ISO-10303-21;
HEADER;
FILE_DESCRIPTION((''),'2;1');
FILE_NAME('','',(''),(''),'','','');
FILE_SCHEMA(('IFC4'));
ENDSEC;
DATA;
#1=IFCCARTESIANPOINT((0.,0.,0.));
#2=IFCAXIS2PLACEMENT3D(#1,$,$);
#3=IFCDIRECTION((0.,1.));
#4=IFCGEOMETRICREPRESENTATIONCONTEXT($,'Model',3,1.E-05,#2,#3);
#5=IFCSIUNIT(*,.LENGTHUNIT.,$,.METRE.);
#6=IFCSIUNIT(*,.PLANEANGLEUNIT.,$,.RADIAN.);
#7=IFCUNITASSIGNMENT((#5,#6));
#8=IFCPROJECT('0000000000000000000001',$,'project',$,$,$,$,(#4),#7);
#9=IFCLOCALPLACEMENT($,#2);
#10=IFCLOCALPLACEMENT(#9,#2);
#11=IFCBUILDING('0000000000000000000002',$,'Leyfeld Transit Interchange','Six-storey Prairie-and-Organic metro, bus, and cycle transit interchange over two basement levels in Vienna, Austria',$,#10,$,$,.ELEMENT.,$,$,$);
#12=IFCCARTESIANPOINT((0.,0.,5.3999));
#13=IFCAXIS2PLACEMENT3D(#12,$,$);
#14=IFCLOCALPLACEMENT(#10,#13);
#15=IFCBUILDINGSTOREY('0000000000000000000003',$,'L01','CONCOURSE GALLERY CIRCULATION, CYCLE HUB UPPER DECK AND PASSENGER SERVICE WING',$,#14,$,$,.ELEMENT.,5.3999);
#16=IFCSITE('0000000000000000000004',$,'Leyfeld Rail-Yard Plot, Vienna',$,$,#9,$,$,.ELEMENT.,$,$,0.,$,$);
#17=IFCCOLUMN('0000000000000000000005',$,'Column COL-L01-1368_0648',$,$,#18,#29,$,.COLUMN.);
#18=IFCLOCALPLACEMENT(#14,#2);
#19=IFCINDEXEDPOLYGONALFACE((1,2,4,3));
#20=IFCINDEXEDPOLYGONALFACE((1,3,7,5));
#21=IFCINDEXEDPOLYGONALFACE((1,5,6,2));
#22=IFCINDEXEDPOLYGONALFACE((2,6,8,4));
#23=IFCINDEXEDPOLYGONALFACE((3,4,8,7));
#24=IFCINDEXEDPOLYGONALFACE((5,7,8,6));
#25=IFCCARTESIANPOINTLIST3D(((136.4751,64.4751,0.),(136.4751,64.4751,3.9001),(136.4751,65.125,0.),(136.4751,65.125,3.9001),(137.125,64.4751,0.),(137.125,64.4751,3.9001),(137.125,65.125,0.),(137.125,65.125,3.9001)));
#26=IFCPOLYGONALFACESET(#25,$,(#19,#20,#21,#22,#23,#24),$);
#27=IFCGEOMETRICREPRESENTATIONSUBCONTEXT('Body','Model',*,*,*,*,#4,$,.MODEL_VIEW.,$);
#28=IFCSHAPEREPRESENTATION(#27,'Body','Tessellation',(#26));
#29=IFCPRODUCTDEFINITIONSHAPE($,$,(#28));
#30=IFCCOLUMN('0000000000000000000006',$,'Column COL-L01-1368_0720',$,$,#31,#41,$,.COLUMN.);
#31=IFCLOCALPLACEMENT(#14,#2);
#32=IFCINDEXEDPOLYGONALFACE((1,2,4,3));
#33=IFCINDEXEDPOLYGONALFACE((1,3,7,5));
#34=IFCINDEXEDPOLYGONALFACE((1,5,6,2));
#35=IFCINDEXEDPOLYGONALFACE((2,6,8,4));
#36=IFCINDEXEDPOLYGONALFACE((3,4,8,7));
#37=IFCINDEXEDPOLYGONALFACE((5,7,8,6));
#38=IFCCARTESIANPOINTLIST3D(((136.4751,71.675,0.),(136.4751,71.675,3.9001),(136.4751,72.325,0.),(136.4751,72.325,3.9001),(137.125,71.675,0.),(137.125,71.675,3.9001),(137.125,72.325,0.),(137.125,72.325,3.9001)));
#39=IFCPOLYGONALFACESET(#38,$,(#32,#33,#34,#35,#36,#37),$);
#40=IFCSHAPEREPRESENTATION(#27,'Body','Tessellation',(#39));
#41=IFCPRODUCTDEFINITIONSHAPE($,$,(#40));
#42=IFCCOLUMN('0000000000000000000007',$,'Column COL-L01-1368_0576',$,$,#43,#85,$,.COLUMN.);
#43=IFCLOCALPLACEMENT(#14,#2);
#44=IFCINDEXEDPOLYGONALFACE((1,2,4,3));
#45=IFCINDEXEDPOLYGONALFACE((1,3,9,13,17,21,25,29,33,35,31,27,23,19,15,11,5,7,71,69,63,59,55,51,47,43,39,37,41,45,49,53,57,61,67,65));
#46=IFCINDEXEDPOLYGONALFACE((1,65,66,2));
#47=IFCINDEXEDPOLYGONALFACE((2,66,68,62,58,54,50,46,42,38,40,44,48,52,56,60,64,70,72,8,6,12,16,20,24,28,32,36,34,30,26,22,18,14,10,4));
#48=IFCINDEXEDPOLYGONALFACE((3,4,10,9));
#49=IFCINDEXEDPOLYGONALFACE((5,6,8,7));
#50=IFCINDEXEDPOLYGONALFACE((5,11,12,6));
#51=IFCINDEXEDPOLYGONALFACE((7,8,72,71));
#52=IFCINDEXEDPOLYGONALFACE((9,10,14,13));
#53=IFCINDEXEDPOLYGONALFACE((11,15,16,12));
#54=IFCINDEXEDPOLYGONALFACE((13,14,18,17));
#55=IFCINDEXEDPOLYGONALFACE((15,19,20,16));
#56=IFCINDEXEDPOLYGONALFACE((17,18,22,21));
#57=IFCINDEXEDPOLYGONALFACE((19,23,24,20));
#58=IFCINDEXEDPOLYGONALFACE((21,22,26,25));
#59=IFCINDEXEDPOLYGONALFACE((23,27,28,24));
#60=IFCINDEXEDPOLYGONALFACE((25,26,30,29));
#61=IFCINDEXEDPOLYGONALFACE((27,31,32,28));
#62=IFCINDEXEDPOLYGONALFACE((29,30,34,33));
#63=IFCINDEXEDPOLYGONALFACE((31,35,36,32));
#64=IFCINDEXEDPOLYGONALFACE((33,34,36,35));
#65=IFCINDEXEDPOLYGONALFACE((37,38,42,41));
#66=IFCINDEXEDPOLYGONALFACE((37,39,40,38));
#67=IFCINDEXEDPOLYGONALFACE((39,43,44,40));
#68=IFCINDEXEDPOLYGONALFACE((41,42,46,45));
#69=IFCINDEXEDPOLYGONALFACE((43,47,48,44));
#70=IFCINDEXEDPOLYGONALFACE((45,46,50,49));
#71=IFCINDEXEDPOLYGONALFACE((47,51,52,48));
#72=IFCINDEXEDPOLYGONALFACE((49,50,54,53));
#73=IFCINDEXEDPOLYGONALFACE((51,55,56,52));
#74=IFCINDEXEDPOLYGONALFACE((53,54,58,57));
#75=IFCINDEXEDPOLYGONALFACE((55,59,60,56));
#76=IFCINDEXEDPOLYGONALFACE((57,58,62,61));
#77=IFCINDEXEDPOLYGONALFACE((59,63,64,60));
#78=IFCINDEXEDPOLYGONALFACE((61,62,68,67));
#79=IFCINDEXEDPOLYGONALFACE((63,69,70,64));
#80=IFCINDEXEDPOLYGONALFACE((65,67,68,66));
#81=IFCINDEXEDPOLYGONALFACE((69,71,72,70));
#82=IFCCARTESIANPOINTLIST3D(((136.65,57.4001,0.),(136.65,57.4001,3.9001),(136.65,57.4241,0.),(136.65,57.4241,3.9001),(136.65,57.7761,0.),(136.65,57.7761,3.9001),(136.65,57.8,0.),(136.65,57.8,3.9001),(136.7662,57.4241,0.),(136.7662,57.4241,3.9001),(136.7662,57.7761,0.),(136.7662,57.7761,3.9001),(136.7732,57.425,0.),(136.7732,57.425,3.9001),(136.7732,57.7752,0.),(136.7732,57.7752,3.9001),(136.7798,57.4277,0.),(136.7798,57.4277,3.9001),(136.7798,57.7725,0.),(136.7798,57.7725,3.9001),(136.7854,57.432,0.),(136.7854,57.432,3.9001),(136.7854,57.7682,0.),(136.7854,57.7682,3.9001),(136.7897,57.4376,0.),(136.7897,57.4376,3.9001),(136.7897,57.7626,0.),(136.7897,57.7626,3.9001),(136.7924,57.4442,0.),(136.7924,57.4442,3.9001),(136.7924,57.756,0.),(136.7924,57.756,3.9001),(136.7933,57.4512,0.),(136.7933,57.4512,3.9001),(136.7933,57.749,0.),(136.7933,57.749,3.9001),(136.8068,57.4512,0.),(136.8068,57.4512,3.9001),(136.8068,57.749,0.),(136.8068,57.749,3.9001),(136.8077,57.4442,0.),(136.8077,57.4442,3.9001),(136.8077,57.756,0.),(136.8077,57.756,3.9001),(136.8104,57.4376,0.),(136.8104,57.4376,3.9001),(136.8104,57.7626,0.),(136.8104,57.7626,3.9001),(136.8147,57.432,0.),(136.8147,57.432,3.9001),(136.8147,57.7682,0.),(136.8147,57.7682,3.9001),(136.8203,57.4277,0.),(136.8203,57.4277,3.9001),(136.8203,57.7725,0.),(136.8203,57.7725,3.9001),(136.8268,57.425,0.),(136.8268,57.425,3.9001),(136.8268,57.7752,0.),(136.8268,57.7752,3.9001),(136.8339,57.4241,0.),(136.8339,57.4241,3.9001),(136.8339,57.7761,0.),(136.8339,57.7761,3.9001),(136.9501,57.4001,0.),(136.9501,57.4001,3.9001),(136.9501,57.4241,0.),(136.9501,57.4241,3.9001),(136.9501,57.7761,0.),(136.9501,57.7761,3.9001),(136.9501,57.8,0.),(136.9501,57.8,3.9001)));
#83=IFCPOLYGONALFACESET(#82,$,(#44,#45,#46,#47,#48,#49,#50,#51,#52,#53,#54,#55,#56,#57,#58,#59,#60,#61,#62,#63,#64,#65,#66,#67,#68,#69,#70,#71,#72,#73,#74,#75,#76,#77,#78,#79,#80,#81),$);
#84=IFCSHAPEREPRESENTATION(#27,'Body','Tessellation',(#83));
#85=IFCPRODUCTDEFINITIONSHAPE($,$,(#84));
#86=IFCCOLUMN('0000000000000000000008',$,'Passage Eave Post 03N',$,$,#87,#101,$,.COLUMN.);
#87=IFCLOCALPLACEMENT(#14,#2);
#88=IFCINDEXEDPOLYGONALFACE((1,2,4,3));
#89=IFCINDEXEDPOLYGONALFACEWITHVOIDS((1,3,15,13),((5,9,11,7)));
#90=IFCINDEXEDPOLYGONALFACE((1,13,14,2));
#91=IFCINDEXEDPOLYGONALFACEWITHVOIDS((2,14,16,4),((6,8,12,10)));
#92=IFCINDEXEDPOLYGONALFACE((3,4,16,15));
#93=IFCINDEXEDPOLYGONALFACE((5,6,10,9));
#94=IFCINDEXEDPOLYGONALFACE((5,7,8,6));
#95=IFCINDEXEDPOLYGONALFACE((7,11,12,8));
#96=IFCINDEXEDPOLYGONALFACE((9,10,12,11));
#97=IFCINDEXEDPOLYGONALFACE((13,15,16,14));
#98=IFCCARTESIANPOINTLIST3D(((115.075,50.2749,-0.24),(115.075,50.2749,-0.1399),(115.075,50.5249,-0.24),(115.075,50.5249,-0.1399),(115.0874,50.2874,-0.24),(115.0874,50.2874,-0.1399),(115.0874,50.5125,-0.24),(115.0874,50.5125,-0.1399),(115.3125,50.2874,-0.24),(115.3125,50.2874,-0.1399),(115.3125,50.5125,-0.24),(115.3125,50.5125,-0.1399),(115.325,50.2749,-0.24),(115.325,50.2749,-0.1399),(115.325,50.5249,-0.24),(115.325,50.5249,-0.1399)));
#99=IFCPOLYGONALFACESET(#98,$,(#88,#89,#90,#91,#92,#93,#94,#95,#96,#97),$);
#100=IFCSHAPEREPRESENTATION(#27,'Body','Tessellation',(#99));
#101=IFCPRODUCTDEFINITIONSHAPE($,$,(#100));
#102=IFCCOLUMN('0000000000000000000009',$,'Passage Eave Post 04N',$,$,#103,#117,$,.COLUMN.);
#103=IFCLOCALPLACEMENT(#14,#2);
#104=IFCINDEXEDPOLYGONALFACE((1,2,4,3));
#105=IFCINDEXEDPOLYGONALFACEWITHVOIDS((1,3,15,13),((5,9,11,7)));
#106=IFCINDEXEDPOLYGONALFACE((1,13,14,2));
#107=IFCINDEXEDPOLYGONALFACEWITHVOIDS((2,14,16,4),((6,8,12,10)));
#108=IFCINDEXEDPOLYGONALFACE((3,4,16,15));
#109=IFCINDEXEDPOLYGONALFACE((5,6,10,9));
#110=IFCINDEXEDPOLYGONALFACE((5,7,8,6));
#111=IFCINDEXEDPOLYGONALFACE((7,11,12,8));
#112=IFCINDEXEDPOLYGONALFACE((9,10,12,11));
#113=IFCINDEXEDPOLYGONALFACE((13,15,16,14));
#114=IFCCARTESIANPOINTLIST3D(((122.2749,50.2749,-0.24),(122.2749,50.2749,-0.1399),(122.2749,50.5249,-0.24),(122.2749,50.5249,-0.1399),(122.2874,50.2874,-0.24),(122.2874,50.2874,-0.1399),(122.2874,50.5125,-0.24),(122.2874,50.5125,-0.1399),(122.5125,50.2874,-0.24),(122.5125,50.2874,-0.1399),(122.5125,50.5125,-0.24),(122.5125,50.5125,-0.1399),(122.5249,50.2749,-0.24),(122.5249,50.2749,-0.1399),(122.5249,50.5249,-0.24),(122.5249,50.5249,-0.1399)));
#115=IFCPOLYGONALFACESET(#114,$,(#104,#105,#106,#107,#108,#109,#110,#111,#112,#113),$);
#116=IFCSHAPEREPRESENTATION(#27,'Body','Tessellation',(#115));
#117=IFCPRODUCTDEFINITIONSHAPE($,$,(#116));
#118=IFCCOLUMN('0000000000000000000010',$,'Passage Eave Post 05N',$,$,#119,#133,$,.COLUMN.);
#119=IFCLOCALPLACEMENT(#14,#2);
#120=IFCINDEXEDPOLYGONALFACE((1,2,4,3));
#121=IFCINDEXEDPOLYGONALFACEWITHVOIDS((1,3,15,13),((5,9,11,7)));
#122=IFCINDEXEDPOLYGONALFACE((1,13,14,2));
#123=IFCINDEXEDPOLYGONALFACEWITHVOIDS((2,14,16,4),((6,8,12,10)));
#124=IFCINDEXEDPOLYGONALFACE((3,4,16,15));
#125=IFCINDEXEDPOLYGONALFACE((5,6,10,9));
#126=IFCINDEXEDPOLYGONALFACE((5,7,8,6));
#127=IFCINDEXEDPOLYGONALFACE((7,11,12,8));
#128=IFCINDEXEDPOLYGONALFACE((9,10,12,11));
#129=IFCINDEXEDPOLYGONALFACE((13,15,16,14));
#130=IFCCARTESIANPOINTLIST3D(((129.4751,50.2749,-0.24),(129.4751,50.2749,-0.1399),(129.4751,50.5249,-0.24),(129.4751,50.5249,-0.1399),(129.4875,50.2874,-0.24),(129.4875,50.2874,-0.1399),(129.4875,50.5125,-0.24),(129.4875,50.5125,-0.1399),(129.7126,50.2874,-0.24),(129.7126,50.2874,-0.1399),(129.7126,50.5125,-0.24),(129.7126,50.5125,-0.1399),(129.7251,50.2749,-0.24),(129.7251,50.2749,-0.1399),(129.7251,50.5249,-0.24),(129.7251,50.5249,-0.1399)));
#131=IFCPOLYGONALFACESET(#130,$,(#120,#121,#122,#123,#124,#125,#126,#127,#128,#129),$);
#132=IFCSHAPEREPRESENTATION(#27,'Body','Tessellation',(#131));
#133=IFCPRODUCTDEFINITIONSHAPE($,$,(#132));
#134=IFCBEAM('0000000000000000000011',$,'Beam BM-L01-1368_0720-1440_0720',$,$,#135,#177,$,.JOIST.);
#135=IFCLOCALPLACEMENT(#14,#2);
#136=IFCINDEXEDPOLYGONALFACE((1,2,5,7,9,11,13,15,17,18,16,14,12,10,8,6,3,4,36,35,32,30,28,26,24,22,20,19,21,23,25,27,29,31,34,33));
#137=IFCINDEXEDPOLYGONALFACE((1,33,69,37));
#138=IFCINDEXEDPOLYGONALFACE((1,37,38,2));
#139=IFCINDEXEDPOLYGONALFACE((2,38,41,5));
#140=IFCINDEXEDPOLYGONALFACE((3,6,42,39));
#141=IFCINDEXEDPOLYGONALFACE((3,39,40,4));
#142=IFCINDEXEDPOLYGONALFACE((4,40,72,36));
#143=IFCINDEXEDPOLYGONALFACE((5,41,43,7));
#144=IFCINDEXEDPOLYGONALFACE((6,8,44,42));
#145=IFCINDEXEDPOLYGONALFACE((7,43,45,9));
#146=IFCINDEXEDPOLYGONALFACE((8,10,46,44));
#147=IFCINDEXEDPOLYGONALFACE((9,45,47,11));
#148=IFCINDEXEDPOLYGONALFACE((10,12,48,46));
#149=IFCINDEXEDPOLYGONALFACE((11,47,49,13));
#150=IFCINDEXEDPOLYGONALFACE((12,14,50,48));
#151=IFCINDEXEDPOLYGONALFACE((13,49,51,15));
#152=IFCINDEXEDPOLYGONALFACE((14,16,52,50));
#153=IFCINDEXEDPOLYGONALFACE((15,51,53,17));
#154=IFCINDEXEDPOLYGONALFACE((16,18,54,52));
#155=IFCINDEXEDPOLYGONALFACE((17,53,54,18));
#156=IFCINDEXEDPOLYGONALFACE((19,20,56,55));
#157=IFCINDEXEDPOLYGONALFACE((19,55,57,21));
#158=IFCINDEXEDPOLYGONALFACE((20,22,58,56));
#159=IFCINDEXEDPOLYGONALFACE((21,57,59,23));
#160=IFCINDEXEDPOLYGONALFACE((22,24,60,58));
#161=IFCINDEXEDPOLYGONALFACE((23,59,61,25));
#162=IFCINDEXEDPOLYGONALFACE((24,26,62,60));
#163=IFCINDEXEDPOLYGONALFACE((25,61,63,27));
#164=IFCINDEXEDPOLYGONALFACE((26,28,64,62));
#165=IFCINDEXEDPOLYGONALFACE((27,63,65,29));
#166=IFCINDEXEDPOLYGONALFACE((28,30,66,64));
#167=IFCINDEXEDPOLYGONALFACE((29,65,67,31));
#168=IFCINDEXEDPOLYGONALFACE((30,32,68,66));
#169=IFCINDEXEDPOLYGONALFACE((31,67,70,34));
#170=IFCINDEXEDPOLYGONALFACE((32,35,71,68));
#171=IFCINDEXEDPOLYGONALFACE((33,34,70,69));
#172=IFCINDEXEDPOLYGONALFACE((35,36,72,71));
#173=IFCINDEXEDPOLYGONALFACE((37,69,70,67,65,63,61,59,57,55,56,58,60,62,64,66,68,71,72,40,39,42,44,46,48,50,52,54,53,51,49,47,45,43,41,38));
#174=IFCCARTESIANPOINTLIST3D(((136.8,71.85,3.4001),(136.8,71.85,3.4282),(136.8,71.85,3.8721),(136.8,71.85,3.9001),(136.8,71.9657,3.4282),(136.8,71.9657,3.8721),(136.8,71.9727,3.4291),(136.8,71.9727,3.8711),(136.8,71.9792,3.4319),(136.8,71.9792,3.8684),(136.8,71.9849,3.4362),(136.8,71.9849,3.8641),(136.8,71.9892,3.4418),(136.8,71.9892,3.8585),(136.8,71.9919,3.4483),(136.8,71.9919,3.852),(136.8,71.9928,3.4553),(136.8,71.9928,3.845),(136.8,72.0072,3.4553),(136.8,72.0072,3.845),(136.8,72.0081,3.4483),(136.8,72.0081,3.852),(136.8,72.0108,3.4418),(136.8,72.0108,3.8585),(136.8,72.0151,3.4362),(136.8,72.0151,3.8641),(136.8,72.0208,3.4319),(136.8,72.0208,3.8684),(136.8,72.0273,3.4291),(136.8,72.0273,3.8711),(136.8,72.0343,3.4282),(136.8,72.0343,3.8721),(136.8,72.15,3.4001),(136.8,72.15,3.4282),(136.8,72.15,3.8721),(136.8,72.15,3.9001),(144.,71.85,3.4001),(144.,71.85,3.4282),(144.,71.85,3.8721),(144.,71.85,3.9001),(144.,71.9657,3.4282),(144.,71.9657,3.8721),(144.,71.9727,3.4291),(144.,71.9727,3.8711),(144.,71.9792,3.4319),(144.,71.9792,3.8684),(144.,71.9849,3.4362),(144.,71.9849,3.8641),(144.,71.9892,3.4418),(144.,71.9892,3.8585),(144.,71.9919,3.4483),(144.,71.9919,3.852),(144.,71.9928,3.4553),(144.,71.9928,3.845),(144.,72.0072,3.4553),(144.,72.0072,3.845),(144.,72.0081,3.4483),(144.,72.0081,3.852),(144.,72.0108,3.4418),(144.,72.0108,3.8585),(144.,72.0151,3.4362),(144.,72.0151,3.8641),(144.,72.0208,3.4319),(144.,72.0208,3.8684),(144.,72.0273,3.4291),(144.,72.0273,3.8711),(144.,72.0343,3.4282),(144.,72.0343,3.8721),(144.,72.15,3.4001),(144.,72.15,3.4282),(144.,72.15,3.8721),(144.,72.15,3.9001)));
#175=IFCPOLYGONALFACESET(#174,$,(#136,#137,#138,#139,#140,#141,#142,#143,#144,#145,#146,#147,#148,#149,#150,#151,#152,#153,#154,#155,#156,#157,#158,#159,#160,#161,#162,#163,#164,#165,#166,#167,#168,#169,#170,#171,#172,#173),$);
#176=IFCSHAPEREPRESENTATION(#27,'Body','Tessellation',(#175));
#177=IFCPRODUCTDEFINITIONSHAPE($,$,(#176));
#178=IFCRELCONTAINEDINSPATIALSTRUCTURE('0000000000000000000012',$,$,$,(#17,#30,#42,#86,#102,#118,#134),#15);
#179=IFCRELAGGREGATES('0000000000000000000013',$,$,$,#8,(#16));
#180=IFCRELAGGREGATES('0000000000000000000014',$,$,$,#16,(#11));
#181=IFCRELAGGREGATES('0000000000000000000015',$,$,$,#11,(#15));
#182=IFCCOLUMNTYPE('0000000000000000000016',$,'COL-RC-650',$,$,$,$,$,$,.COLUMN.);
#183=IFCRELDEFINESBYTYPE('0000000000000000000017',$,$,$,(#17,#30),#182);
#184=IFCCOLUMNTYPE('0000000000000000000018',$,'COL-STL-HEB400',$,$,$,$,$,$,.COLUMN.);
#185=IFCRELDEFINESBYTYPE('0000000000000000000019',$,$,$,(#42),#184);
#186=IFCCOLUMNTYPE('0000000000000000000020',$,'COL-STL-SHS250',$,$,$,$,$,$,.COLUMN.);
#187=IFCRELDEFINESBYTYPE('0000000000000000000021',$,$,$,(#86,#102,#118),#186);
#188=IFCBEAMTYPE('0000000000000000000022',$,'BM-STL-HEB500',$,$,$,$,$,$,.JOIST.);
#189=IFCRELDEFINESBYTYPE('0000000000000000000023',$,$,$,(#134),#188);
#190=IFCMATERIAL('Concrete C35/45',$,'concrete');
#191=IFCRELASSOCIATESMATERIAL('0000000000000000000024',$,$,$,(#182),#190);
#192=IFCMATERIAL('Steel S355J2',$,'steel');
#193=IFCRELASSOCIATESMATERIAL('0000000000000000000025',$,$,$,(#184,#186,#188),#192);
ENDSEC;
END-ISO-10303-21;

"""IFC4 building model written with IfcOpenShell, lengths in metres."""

from ifc_helpers import new_model, si_unit, direction, frame, origin, origin_2d, place, context, subcontext, project, spatial, rectangle, hollow_rectangle, i_section, extrude, material, material_profile, profile_set, type_object, element, save


model = new_model("IFC4")

# Units and contexts
model_context = context("Model", 3, precision=1e-05, world=origin(), true_north=direction((0.0, 1.0)))
body_context = subcontext(model_context, "Body", "Model", "MODEL_VIEW")
ifc_project = project(units=[si_unit("LENGTHUNIT", "METRE"), si_unit("PLANEANGLEUNIT", "RADIAN")], contexts=[model_context])

# Site, building, storey
site_placement = place(None, origin())
site = spatial("IfcSite", under=ifc_project, at=site_placement, Name="Leyfeld Rail-Yard Plot, Vienna", CompositionType="ELEMENT", RefElevation=0.0)
building_placement = place(site_placement, origin())
building = spatial("IfcBuilding", under=site, at=building_placement, Name="Leyfeld Transit Interchange", Description="Six-storey Prairie-and-Organic metro, bus, and cycle transit interchange over two basement levels in Vienna, Austria", CompositionType="ELEMENT")
storey_placement = place(building_placement, frame((0.0, 0.0, 5.3999)))
storey = spatial("IfcBuildingStorey", under=building, at=storey_placement, Name="L01", Description="CONCOURSE GALLERY CIRCULATION, CYCLE HUB UPPER DECK AND PASSENGER SERVICE WING", CompositionType="ELEMENT", Elevation=5.3999)

# Columns
ifc_material_1 = material(Name="Concrete C35/45", Category="concrete")
ifc_material_profile_1 = material_profile(ifc_material_1, rectangle(XDim=0.6499, YDim=0.6499, at=origin_2d()), Name="RC 650x650")
ifc_profile_set_1 = profile_set([ifc_material_profile_1], Name="Concrete C35/45")
column_type_1 = type_object("IfcColumnType", Name="COL-RC-650", PredefinedType="COLUMN", material=ifc_profile_set_1)
for number, where, z_axis, x_axis, name in (
    (1, (136.8, 64.8, 0.0), (0.0, 0.0, 1.0), (1.0, 0.0, 0.0), "Column COL-L01-1368_0648"),
    (2, (136.8, 72.0, 0.0), (0.0, 0.0, 1.0), (1.0, 0.0, 0.0), "Column COL-L01-1368_0720"),
):
    element("IfcColumn", number, at=place(storey_placement, frame(where, z_axis=z_axis, x_axis=x_axis)), inside=storey, type_object=column_type_1, Name=name, PredefinedType="COLUMN", context=body_context, shape_type="SweptSolid", body=[
        extrude(rectangle(XDim=0.6499, YDim=0.6499, at=origin_2d()), origin(), (0.0, 0.0, 1.0), 3.9001),
    ])
ifc_material_2 = material(Name="Steel S355J2", Category="steel")
ifc_material_profile_2 = material_profile(ifc_material_2, i_section(OverallWidth=0.3, OverallDepth=0.3999, WebThickness=0.0134, FlangeThickness=0.0239, FilletRadius=0.0271, at=origin_2d()), Name="HEB 400")
ifc_profile_set_2 = profile_set([ifc_material_profile_2], Name="Steel S355J2")
column_type_2 = type_object("IfcColumnType", Name="COL-STL-HEB400", PredefinedType="COLUMN", material=ifc_profile_set_2)
column_placement = place(storey_placement, frame((136.8, 57.6001, 0.0), z_axis=(0.0, 0.0, 1.0), x_axis=(1.0, 0.0, 0.0)))
element("IfcColumn", 3, at=column_placement, inside=storey, type_object=column_type_2, Name="Column COL-L01-1368_0576", PredefinedType="COLUMN", context=body_context, shape_type="SweptSolid", body=[
    extrude(i_section(OverallWidth=0.3, OverallDepth=0.3999, WebThickness=0.0134, FlangeThickness=0.0239, FilletRadius=0.0271, at=origin_2d()), origin(), (0.0, 0.0, 1.0), 3.9001),
])
ifc_material_profile_3 = material_profile(ifc_material_2, hollow_rectangle(XDim=0.25, YDim=0.25, WallThickness=0.0125, at=origin_2d()), Name="SHS 250x250x12.5")
ifc_profile_set_3 = profile_set([ifc_material_profile_3], Name="Steel S355J2")
column_type_3 = type_object("IfcColumnType", Name="COL-STL-SHS250", PredefinedType="COLUMN", material=ifc_profile_set_3)
for number, where, z_axis, x_axis, name in (
    (4, (115.2, 50.3999, -0.24), (0.0, 0.0, 1.0), (1.0, 0.0, 0.0), "Passage Eave Post 03N"),
    (5, (122.3999, 50.3999, -0.24), (0.0, 0.0, 1.0), (1.0, 0.0, 0.0), "Passage Eave Post 04N"),
    (6, (129.6001, 50.3999, -0.24), (0.0, 0.0, 1.0), (1.0, 0.0, 0.0), "Passage Eave Post 05N"),
):
    element("IfcColumn", number, at=place(storey_placement, frame(where, z_axis=z_axis, x_axis=x_axis)), inside=storey, type_object=column_type_3, Name=name, PredefinedType="COLUMN", context=body_context, shape_type="SweptSolid", body=[
        extrude(hollow_rectangle(XDim=0.25, YDim=0.25, WallThickness=0.0125, at=origin_2d()), origin(), (0.0, 0.0, 1.0), 0.1001),
    ])

# Beam
ifc_material_profile_4 = material_profile(ifc_material_2, i_section(OverallWidth=0.3, OverallDepth=0.5, WebThickness=0.0144, FlangeThickness=0.0281, FilletRadius=0.0271, at=origin_2d()), Name="HEB 500")
ifc_profile_set_4 = profile_set([ifc_material_profile_4], Name="Steel S355J2")
beam_type_1 = type_object("IfcBeamType", Name="BM-STL-HEB500", PredefinedType="JOIST", material=ifc_profile_set_4)
beam_placement = place(storey_placement, frame((136.8, 72.0, 3.6501), z_axis=(1.0, 0.0, 0.0), x_axis=(0.0, 1.0, 0.0)))
element("IfcBeam", 7, at=beam_placement, inside=storey, type_object=beam_type_1, Name="Beam BM-L01-1368_0720-1440_0720", PredefinedType="JOIST", context=body_context, shape_type="SweptSolid", body=[
    extrude(i_section(OverallWidth=0.3, OverallDepth=0.5, WebThickness=0.0144, FlangeThickness=0.0281, FilletRadius=0.0271, at=origin_2d()), origin(), (0.0, 0.0, 1.0), 7.2),
])

save(model, "model.ifc")
